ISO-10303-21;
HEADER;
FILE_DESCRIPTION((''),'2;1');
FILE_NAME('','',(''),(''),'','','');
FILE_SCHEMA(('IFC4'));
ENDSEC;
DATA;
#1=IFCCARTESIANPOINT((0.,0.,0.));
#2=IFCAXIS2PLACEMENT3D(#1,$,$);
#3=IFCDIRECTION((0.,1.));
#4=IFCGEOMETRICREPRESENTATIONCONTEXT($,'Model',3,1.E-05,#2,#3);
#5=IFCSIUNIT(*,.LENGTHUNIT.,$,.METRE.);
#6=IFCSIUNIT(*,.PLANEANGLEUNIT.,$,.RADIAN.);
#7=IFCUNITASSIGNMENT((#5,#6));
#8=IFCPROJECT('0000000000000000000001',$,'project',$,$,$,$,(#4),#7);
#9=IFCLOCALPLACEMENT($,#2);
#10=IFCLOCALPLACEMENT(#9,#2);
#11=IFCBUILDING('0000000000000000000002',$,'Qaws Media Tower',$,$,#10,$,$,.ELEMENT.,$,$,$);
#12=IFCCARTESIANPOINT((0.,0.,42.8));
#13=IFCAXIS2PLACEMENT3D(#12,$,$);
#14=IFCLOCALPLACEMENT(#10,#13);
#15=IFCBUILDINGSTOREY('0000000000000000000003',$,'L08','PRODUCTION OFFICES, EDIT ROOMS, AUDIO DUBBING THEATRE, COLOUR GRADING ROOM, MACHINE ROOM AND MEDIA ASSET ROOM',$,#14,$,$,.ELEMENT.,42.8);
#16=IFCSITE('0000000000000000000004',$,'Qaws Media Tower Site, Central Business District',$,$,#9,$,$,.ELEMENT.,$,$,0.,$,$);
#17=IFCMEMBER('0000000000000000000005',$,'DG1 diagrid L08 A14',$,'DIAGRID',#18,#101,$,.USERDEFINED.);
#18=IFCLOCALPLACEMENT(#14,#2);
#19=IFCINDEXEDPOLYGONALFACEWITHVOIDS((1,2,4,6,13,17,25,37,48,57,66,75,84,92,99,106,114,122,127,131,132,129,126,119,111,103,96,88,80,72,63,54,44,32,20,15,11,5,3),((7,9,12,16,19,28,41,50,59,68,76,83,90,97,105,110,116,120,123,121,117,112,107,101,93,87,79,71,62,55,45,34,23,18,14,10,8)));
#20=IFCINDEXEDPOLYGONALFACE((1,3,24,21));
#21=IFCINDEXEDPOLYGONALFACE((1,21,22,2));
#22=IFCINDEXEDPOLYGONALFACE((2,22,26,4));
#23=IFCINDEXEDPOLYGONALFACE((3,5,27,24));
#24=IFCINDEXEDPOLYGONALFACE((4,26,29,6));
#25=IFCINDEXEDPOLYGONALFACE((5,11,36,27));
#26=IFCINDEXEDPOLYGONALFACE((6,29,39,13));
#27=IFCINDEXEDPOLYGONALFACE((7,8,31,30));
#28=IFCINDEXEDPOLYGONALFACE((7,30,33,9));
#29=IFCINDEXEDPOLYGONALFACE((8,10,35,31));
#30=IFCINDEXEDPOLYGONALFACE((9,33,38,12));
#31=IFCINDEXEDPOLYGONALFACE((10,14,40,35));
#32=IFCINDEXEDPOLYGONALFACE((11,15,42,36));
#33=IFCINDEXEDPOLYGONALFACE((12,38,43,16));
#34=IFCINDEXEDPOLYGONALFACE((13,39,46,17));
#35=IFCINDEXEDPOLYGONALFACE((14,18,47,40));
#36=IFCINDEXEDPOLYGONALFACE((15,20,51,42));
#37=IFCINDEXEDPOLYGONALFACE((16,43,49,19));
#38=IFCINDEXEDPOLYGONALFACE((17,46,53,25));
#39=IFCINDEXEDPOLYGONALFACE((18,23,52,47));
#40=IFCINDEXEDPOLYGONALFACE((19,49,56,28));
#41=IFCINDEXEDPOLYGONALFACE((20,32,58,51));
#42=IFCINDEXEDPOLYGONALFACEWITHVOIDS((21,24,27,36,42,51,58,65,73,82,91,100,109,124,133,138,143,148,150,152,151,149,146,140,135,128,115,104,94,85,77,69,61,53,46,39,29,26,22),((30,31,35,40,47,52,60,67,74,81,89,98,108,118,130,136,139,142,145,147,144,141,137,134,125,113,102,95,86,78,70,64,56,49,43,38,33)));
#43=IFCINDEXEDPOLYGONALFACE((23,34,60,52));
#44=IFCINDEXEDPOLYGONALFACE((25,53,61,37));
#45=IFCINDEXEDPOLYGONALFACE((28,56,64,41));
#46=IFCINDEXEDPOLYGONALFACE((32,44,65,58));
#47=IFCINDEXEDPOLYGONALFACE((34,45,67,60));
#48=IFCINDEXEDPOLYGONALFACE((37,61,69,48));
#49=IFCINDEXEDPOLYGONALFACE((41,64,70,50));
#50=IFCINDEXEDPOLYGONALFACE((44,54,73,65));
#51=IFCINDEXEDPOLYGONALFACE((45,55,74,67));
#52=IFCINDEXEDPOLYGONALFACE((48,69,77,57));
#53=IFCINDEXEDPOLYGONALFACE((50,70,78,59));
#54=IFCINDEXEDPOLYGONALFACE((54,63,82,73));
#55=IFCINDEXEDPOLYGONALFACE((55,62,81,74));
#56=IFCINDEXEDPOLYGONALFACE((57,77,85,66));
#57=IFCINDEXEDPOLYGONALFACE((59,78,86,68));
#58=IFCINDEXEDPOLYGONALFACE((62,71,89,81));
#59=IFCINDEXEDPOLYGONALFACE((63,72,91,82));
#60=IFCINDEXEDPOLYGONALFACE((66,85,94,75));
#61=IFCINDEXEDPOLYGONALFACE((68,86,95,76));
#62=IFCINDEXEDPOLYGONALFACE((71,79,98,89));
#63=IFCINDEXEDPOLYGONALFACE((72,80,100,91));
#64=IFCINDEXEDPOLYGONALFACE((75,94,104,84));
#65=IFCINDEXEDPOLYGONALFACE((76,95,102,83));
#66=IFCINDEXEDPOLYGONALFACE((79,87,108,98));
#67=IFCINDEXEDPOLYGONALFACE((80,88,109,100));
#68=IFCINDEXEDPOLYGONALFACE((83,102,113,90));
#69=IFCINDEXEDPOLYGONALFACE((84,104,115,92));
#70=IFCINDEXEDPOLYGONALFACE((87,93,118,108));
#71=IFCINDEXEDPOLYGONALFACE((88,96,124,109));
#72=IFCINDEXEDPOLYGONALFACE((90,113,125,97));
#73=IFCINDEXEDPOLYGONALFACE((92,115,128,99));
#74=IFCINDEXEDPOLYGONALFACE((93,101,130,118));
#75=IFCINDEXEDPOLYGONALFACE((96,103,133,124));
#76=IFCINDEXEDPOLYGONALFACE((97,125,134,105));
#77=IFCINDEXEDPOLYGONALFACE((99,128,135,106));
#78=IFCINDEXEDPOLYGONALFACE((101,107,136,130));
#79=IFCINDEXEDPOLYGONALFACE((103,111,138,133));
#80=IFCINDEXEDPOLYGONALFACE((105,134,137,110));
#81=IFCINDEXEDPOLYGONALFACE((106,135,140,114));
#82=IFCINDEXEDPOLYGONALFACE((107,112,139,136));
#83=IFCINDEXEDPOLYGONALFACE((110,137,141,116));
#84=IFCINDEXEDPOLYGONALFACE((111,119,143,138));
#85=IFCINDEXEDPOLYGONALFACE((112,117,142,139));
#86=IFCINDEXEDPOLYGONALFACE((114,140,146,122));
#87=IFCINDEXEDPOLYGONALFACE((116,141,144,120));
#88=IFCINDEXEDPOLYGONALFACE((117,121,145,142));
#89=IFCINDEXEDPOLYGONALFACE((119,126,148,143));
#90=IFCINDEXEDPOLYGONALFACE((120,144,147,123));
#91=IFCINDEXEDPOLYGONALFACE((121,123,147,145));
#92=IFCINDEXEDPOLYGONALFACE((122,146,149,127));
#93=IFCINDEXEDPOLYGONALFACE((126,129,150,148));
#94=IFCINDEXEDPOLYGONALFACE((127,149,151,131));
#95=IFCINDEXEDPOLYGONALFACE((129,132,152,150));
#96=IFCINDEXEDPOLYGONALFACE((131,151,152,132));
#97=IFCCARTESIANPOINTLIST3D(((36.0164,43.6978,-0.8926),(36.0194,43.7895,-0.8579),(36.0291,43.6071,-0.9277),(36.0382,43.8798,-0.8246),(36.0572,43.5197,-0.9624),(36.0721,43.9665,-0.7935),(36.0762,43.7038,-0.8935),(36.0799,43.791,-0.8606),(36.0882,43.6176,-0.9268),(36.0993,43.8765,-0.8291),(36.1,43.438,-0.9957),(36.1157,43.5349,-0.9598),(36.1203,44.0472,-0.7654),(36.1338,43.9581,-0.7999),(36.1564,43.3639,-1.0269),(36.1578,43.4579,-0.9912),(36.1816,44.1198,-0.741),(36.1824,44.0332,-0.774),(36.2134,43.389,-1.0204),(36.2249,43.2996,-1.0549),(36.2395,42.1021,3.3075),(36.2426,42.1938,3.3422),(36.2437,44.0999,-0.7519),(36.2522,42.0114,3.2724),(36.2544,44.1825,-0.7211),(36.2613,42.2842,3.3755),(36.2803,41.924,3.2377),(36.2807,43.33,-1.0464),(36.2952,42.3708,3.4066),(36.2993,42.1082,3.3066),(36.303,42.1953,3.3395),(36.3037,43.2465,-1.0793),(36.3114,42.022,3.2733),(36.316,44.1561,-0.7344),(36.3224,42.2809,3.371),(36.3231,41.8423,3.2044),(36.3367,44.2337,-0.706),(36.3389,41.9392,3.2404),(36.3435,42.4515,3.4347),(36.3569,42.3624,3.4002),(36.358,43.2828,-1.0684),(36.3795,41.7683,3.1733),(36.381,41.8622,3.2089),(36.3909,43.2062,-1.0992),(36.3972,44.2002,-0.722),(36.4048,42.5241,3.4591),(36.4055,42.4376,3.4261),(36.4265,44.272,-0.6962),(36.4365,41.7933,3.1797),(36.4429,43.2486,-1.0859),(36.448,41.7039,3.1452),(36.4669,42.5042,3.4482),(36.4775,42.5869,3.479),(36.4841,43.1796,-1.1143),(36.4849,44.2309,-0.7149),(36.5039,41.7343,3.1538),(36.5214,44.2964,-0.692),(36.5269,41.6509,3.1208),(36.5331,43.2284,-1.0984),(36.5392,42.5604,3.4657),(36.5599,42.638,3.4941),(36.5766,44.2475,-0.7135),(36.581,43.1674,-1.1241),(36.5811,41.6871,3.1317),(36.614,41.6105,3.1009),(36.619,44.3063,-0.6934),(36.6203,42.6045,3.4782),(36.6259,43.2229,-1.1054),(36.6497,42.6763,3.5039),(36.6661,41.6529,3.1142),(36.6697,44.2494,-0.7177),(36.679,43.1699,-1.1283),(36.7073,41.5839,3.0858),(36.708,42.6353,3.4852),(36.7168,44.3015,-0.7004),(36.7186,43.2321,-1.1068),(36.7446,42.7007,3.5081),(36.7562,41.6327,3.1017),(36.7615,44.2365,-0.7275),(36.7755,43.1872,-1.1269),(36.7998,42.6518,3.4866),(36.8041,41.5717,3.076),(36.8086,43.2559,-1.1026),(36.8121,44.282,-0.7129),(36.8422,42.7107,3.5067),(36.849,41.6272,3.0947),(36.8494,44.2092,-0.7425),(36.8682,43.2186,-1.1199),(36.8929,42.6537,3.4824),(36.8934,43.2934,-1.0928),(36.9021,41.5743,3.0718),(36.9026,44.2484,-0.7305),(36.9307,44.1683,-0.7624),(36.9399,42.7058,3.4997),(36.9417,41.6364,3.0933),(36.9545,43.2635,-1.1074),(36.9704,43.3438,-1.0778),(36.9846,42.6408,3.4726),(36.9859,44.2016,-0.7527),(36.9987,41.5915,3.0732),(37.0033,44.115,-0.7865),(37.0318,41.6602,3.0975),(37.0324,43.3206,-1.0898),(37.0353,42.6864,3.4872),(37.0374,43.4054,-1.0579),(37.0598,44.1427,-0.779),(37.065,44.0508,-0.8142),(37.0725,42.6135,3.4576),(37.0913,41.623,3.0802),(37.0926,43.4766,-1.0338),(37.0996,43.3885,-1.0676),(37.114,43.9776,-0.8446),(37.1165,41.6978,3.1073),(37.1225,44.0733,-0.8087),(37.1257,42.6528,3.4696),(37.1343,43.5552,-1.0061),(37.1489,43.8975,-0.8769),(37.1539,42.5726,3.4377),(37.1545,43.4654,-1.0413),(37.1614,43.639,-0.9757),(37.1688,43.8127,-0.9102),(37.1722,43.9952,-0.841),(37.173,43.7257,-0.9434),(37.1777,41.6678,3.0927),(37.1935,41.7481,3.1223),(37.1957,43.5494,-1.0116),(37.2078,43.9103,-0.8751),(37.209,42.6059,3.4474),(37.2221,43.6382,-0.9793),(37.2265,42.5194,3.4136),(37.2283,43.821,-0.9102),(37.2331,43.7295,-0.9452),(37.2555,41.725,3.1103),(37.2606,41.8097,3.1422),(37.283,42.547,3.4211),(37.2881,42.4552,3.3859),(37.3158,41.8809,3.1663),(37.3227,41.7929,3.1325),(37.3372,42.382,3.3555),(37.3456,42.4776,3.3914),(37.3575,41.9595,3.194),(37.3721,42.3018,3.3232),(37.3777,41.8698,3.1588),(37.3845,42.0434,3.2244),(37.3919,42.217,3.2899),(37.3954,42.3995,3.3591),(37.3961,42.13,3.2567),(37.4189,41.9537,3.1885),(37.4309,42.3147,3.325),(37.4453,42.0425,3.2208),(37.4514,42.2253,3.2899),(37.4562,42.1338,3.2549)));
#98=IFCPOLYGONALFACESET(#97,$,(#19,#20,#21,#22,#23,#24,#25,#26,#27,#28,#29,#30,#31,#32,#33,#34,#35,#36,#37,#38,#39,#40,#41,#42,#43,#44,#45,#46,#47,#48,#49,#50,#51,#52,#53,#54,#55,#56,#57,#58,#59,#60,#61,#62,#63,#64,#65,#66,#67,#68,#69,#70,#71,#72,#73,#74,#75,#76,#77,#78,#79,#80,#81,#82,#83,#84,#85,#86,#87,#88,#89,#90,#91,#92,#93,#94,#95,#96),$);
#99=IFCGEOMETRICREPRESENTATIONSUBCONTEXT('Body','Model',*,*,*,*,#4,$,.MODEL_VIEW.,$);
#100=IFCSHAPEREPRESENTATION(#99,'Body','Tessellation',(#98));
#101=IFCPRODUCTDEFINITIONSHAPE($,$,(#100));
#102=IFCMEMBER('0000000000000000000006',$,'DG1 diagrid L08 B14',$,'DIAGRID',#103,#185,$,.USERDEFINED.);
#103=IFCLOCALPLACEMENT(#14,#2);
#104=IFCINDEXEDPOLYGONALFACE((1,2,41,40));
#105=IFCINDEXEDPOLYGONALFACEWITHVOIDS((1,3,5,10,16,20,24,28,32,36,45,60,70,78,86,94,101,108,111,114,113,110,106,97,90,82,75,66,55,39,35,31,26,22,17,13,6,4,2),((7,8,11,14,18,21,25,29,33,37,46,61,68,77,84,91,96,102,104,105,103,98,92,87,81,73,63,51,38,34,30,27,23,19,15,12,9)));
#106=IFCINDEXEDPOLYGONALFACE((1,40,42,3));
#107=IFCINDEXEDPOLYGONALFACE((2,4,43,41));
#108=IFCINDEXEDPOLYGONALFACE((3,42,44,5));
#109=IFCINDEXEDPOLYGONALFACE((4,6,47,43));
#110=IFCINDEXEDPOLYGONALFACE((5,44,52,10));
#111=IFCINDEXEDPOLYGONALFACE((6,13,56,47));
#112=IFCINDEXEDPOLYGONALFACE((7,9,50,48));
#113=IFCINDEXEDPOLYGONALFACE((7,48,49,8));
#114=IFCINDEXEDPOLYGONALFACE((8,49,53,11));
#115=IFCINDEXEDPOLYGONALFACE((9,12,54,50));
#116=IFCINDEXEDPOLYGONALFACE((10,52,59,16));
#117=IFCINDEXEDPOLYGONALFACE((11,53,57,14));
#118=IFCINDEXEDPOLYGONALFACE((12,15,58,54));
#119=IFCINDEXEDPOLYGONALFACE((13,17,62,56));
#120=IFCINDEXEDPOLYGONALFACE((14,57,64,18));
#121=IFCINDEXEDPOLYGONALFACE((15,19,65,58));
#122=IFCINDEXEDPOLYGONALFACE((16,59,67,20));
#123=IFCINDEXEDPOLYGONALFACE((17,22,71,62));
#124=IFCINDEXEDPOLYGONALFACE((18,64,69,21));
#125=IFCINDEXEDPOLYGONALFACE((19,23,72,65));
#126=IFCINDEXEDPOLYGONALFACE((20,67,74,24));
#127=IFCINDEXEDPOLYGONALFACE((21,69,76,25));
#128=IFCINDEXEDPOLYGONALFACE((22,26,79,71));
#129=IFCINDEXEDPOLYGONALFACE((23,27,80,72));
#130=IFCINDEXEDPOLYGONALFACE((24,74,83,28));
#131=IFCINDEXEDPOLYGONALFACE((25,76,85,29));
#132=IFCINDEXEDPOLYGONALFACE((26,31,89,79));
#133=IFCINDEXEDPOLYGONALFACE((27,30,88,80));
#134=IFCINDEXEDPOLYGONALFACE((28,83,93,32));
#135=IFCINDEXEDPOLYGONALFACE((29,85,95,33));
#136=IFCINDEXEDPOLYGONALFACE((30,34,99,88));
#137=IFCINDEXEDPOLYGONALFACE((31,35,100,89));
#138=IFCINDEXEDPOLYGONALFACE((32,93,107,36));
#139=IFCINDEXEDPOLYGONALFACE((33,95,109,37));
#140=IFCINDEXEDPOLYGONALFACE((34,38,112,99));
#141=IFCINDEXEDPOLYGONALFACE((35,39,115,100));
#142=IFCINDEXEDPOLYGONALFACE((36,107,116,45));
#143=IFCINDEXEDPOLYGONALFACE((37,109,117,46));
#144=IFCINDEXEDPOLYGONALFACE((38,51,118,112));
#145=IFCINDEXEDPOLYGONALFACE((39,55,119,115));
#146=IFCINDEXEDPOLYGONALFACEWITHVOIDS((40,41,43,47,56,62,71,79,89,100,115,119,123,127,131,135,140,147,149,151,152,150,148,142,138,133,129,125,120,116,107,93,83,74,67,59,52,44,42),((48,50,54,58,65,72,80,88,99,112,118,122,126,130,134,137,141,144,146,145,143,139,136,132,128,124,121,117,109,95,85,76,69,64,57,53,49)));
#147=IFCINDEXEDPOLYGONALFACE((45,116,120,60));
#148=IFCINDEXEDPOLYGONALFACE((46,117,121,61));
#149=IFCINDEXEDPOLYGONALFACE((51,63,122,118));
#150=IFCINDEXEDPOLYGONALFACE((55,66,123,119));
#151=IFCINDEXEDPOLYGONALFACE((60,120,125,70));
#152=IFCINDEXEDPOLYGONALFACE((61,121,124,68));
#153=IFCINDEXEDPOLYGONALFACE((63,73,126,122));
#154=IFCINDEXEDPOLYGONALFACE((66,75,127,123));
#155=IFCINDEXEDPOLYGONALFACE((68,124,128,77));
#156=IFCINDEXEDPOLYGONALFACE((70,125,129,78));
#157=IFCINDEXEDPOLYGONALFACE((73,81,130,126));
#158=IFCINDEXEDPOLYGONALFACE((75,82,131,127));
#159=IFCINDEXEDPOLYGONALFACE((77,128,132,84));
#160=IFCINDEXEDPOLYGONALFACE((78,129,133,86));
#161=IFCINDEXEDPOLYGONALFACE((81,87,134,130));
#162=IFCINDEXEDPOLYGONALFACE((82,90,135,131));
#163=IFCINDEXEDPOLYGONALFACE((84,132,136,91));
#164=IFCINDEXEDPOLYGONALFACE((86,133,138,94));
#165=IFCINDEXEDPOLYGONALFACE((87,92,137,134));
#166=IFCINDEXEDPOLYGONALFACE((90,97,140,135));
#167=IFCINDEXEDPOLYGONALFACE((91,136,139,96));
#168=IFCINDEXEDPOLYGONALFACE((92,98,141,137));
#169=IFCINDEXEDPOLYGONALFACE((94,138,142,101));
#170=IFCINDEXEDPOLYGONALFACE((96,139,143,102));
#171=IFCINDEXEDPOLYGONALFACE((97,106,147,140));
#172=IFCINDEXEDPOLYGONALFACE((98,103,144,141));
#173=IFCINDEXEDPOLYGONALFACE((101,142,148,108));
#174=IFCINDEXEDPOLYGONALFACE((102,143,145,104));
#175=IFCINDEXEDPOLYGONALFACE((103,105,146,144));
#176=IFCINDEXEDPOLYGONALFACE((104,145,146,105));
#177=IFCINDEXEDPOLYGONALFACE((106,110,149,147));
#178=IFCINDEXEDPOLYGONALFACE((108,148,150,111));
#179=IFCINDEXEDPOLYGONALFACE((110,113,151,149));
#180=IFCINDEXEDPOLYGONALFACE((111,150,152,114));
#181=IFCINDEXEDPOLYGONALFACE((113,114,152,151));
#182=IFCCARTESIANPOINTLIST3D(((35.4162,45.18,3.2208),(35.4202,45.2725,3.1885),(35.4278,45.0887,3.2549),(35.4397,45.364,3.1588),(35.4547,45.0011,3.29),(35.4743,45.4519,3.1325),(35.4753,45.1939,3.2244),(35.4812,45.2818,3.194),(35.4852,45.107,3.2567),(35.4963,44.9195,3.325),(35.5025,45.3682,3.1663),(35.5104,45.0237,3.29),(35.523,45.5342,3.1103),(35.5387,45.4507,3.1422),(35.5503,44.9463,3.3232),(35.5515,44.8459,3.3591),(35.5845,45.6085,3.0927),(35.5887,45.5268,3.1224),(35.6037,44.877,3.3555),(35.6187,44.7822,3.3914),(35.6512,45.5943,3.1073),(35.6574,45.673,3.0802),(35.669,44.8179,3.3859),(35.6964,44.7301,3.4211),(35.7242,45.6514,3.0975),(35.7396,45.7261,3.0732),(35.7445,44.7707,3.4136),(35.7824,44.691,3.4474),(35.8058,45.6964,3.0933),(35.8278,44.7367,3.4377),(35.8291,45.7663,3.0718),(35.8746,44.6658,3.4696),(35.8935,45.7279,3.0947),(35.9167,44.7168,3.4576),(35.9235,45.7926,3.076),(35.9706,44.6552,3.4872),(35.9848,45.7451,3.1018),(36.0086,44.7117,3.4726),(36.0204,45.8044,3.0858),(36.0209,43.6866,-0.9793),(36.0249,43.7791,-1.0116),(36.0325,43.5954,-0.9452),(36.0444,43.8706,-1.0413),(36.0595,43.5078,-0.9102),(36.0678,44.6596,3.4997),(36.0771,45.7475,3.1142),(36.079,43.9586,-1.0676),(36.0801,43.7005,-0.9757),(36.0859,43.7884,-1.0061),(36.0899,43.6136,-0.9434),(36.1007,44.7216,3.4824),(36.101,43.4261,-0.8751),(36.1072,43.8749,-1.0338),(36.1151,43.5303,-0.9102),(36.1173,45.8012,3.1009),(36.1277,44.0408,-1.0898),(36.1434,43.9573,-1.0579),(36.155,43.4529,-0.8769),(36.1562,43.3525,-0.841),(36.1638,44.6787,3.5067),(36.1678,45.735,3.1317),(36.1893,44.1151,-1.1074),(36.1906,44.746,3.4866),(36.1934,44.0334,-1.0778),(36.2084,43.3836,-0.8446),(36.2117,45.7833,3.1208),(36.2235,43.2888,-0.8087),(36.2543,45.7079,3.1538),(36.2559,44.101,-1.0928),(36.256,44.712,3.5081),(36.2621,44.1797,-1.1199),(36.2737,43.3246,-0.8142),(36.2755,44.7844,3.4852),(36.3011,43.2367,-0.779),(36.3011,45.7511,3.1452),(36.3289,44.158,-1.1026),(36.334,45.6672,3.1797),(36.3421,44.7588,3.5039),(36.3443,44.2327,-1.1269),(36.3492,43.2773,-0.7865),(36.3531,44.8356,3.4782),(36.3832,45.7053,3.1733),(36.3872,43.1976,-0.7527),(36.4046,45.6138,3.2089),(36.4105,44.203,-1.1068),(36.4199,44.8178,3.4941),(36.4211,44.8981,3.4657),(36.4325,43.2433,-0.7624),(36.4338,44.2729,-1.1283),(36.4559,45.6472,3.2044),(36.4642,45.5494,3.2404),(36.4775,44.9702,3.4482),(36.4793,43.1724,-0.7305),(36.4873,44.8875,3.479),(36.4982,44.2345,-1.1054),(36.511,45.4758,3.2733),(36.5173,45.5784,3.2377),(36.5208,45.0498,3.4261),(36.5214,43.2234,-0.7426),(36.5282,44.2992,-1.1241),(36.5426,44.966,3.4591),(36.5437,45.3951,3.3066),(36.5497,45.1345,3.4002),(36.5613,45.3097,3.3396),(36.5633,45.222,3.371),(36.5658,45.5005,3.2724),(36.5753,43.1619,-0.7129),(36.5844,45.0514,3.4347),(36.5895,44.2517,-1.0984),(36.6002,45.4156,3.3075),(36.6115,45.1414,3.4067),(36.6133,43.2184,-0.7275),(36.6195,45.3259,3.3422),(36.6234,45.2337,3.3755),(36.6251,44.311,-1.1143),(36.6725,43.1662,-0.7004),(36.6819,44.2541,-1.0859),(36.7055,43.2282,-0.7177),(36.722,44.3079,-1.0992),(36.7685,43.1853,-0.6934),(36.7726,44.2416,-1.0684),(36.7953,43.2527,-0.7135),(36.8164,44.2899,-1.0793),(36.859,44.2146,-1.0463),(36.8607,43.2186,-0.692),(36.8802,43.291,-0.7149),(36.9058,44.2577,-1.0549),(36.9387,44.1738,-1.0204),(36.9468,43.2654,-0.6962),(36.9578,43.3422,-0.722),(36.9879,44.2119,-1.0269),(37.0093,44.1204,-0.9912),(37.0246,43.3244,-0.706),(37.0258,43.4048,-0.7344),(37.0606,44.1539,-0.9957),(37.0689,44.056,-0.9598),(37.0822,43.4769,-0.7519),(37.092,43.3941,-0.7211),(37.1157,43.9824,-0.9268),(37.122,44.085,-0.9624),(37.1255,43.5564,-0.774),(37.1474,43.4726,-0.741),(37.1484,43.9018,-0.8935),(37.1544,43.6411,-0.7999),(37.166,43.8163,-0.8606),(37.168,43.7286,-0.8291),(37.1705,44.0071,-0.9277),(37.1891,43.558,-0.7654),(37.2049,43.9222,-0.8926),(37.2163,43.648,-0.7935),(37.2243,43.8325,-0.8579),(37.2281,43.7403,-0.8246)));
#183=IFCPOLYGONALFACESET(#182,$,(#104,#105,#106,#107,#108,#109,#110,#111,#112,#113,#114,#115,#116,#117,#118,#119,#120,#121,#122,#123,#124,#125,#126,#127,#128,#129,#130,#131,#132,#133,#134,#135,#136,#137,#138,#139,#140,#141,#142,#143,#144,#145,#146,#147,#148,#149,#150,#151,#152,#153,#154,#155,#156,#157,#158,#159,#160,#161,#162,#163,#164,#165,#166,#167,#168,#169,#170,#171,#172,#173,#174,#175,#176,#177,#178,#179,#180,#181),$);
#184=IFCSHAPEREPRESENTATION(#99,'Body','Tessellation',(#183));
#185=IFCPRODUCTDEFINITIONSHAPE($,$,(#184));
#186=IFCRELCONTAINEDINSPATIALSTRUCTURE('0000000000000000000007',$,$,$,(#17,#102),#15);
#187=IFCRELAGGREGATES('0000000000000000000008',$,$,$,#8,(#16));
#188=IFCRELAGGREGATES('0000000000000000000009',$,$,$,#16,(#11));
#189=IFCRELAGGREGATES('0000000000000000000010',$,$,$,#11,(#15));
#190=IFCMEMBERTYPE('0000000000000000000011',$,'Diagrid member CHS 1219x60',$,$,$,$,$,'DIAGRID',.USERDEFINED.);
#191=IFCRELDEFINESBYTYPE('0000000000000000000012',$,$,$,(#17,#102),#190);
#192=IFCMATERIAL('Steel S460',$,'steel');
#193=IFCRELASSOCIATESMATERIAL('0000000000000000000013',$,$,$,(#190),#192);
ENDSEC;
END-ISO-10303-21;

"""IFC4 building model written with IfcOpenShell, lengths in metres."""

from ifc_helpers import new_model, si_unit, direction, frame, origin, origin_2d, place, context, subcontext, project, spatial, hollow_circle, extrude, material, material_profile, profile_set, type_object, element, save


model = new_model("IFC4")

# Units and contexts
model_context = context("Model", 3, precision=1e-05, world=origin(), true_north=direction((0.0, 1.0)))
body_context = subcontext(model_context, "Body", "Model", "MODEL_VIEW")
ifc_project = project(units=[si_unit("LENGTHUNIT", "METRE"), si_unit("PLANEANGLEUNIT", "RADIAN")], contexts=[model_context])

# Site, building, storey
site_placement = place(None, origin())
site = spatial("IfcSite", under=ifc_project, at=site_placement, Name="Qaws Media Tower Site, Central Business District", CompositionType="ELEMENT", RefElevation=0.0)
building_placement = place(site_placement, origin())
building = spatial("IfcBuilding", under=site, at=building_placement, Name="Qaws Media Tower", CompositionType="ELEMENT")
storey_placement = place(building_placement, frame((0.0, 0.0, 42.8)))
storey = spatial("IfcBuildingStorey", under=building, at=storey_placement, Name="L08", Description="PRODUCTION OFFICES, EDIT ROOMS, AUDIO DUBBING THEATRE, COLOUR GRADING ROOM, MACHINE ROOM AND MEDIA ASSET ROOM", CompositionType="ELEMENT", Elevation=42.8)

# Members
ifc_material_1 = material(Name="Steel S460", Category="steel")
ifc_material_profile_1 = material_profile(ifc_material_1, hollow_circle(Radius=0.6096, WallThickness=0.0601, at=origin_2d()), Name="CHS 1219x60")
ifc_profile_set_1 = profile_set([ifc_material_profile_1], Name="Steel S460")
member_type_1 = type_object("IfcMemberType", Name="Diagrid member CHS 1219x60", ElementType="DIAGRID", PredefinedType="USERDEFINED", material=ifc_profile_set_1)
for number, where, z_axis, x_axis, name in (
    (1, (36.6245, 43.7366, -0.9102), (0.049603, -0.354708, 0.93366), (0.990363, 0.138493, 0.0), "DG1 diagrid L08 A14"),
    (2, (36.6245, 43.7366, -0.9102), (-0.134427, 0.33197, 0.933662), (-0.92689, -0.375332, 0.0), "DG1 diagrid L08 B14"),
):
    element("IfcMember", number, at=place(storey_placement, frame(where, z_axis=z_axis, x_axis=x_axis)), inside=storey, type_object=member_type_1, Name=name, ObjectType="DIAGRID", PredefinedType="USERDEFINED", context=body_context, shape_type="SweptSolid", body=[
        extrude(hollow_circle(Radius=0.6096, WallThickness=0.0601, at=origin_2d()), origin(), (0.0, 0.0, 1.0), 4.4985),
    ])

save(model, "model.ifc")
